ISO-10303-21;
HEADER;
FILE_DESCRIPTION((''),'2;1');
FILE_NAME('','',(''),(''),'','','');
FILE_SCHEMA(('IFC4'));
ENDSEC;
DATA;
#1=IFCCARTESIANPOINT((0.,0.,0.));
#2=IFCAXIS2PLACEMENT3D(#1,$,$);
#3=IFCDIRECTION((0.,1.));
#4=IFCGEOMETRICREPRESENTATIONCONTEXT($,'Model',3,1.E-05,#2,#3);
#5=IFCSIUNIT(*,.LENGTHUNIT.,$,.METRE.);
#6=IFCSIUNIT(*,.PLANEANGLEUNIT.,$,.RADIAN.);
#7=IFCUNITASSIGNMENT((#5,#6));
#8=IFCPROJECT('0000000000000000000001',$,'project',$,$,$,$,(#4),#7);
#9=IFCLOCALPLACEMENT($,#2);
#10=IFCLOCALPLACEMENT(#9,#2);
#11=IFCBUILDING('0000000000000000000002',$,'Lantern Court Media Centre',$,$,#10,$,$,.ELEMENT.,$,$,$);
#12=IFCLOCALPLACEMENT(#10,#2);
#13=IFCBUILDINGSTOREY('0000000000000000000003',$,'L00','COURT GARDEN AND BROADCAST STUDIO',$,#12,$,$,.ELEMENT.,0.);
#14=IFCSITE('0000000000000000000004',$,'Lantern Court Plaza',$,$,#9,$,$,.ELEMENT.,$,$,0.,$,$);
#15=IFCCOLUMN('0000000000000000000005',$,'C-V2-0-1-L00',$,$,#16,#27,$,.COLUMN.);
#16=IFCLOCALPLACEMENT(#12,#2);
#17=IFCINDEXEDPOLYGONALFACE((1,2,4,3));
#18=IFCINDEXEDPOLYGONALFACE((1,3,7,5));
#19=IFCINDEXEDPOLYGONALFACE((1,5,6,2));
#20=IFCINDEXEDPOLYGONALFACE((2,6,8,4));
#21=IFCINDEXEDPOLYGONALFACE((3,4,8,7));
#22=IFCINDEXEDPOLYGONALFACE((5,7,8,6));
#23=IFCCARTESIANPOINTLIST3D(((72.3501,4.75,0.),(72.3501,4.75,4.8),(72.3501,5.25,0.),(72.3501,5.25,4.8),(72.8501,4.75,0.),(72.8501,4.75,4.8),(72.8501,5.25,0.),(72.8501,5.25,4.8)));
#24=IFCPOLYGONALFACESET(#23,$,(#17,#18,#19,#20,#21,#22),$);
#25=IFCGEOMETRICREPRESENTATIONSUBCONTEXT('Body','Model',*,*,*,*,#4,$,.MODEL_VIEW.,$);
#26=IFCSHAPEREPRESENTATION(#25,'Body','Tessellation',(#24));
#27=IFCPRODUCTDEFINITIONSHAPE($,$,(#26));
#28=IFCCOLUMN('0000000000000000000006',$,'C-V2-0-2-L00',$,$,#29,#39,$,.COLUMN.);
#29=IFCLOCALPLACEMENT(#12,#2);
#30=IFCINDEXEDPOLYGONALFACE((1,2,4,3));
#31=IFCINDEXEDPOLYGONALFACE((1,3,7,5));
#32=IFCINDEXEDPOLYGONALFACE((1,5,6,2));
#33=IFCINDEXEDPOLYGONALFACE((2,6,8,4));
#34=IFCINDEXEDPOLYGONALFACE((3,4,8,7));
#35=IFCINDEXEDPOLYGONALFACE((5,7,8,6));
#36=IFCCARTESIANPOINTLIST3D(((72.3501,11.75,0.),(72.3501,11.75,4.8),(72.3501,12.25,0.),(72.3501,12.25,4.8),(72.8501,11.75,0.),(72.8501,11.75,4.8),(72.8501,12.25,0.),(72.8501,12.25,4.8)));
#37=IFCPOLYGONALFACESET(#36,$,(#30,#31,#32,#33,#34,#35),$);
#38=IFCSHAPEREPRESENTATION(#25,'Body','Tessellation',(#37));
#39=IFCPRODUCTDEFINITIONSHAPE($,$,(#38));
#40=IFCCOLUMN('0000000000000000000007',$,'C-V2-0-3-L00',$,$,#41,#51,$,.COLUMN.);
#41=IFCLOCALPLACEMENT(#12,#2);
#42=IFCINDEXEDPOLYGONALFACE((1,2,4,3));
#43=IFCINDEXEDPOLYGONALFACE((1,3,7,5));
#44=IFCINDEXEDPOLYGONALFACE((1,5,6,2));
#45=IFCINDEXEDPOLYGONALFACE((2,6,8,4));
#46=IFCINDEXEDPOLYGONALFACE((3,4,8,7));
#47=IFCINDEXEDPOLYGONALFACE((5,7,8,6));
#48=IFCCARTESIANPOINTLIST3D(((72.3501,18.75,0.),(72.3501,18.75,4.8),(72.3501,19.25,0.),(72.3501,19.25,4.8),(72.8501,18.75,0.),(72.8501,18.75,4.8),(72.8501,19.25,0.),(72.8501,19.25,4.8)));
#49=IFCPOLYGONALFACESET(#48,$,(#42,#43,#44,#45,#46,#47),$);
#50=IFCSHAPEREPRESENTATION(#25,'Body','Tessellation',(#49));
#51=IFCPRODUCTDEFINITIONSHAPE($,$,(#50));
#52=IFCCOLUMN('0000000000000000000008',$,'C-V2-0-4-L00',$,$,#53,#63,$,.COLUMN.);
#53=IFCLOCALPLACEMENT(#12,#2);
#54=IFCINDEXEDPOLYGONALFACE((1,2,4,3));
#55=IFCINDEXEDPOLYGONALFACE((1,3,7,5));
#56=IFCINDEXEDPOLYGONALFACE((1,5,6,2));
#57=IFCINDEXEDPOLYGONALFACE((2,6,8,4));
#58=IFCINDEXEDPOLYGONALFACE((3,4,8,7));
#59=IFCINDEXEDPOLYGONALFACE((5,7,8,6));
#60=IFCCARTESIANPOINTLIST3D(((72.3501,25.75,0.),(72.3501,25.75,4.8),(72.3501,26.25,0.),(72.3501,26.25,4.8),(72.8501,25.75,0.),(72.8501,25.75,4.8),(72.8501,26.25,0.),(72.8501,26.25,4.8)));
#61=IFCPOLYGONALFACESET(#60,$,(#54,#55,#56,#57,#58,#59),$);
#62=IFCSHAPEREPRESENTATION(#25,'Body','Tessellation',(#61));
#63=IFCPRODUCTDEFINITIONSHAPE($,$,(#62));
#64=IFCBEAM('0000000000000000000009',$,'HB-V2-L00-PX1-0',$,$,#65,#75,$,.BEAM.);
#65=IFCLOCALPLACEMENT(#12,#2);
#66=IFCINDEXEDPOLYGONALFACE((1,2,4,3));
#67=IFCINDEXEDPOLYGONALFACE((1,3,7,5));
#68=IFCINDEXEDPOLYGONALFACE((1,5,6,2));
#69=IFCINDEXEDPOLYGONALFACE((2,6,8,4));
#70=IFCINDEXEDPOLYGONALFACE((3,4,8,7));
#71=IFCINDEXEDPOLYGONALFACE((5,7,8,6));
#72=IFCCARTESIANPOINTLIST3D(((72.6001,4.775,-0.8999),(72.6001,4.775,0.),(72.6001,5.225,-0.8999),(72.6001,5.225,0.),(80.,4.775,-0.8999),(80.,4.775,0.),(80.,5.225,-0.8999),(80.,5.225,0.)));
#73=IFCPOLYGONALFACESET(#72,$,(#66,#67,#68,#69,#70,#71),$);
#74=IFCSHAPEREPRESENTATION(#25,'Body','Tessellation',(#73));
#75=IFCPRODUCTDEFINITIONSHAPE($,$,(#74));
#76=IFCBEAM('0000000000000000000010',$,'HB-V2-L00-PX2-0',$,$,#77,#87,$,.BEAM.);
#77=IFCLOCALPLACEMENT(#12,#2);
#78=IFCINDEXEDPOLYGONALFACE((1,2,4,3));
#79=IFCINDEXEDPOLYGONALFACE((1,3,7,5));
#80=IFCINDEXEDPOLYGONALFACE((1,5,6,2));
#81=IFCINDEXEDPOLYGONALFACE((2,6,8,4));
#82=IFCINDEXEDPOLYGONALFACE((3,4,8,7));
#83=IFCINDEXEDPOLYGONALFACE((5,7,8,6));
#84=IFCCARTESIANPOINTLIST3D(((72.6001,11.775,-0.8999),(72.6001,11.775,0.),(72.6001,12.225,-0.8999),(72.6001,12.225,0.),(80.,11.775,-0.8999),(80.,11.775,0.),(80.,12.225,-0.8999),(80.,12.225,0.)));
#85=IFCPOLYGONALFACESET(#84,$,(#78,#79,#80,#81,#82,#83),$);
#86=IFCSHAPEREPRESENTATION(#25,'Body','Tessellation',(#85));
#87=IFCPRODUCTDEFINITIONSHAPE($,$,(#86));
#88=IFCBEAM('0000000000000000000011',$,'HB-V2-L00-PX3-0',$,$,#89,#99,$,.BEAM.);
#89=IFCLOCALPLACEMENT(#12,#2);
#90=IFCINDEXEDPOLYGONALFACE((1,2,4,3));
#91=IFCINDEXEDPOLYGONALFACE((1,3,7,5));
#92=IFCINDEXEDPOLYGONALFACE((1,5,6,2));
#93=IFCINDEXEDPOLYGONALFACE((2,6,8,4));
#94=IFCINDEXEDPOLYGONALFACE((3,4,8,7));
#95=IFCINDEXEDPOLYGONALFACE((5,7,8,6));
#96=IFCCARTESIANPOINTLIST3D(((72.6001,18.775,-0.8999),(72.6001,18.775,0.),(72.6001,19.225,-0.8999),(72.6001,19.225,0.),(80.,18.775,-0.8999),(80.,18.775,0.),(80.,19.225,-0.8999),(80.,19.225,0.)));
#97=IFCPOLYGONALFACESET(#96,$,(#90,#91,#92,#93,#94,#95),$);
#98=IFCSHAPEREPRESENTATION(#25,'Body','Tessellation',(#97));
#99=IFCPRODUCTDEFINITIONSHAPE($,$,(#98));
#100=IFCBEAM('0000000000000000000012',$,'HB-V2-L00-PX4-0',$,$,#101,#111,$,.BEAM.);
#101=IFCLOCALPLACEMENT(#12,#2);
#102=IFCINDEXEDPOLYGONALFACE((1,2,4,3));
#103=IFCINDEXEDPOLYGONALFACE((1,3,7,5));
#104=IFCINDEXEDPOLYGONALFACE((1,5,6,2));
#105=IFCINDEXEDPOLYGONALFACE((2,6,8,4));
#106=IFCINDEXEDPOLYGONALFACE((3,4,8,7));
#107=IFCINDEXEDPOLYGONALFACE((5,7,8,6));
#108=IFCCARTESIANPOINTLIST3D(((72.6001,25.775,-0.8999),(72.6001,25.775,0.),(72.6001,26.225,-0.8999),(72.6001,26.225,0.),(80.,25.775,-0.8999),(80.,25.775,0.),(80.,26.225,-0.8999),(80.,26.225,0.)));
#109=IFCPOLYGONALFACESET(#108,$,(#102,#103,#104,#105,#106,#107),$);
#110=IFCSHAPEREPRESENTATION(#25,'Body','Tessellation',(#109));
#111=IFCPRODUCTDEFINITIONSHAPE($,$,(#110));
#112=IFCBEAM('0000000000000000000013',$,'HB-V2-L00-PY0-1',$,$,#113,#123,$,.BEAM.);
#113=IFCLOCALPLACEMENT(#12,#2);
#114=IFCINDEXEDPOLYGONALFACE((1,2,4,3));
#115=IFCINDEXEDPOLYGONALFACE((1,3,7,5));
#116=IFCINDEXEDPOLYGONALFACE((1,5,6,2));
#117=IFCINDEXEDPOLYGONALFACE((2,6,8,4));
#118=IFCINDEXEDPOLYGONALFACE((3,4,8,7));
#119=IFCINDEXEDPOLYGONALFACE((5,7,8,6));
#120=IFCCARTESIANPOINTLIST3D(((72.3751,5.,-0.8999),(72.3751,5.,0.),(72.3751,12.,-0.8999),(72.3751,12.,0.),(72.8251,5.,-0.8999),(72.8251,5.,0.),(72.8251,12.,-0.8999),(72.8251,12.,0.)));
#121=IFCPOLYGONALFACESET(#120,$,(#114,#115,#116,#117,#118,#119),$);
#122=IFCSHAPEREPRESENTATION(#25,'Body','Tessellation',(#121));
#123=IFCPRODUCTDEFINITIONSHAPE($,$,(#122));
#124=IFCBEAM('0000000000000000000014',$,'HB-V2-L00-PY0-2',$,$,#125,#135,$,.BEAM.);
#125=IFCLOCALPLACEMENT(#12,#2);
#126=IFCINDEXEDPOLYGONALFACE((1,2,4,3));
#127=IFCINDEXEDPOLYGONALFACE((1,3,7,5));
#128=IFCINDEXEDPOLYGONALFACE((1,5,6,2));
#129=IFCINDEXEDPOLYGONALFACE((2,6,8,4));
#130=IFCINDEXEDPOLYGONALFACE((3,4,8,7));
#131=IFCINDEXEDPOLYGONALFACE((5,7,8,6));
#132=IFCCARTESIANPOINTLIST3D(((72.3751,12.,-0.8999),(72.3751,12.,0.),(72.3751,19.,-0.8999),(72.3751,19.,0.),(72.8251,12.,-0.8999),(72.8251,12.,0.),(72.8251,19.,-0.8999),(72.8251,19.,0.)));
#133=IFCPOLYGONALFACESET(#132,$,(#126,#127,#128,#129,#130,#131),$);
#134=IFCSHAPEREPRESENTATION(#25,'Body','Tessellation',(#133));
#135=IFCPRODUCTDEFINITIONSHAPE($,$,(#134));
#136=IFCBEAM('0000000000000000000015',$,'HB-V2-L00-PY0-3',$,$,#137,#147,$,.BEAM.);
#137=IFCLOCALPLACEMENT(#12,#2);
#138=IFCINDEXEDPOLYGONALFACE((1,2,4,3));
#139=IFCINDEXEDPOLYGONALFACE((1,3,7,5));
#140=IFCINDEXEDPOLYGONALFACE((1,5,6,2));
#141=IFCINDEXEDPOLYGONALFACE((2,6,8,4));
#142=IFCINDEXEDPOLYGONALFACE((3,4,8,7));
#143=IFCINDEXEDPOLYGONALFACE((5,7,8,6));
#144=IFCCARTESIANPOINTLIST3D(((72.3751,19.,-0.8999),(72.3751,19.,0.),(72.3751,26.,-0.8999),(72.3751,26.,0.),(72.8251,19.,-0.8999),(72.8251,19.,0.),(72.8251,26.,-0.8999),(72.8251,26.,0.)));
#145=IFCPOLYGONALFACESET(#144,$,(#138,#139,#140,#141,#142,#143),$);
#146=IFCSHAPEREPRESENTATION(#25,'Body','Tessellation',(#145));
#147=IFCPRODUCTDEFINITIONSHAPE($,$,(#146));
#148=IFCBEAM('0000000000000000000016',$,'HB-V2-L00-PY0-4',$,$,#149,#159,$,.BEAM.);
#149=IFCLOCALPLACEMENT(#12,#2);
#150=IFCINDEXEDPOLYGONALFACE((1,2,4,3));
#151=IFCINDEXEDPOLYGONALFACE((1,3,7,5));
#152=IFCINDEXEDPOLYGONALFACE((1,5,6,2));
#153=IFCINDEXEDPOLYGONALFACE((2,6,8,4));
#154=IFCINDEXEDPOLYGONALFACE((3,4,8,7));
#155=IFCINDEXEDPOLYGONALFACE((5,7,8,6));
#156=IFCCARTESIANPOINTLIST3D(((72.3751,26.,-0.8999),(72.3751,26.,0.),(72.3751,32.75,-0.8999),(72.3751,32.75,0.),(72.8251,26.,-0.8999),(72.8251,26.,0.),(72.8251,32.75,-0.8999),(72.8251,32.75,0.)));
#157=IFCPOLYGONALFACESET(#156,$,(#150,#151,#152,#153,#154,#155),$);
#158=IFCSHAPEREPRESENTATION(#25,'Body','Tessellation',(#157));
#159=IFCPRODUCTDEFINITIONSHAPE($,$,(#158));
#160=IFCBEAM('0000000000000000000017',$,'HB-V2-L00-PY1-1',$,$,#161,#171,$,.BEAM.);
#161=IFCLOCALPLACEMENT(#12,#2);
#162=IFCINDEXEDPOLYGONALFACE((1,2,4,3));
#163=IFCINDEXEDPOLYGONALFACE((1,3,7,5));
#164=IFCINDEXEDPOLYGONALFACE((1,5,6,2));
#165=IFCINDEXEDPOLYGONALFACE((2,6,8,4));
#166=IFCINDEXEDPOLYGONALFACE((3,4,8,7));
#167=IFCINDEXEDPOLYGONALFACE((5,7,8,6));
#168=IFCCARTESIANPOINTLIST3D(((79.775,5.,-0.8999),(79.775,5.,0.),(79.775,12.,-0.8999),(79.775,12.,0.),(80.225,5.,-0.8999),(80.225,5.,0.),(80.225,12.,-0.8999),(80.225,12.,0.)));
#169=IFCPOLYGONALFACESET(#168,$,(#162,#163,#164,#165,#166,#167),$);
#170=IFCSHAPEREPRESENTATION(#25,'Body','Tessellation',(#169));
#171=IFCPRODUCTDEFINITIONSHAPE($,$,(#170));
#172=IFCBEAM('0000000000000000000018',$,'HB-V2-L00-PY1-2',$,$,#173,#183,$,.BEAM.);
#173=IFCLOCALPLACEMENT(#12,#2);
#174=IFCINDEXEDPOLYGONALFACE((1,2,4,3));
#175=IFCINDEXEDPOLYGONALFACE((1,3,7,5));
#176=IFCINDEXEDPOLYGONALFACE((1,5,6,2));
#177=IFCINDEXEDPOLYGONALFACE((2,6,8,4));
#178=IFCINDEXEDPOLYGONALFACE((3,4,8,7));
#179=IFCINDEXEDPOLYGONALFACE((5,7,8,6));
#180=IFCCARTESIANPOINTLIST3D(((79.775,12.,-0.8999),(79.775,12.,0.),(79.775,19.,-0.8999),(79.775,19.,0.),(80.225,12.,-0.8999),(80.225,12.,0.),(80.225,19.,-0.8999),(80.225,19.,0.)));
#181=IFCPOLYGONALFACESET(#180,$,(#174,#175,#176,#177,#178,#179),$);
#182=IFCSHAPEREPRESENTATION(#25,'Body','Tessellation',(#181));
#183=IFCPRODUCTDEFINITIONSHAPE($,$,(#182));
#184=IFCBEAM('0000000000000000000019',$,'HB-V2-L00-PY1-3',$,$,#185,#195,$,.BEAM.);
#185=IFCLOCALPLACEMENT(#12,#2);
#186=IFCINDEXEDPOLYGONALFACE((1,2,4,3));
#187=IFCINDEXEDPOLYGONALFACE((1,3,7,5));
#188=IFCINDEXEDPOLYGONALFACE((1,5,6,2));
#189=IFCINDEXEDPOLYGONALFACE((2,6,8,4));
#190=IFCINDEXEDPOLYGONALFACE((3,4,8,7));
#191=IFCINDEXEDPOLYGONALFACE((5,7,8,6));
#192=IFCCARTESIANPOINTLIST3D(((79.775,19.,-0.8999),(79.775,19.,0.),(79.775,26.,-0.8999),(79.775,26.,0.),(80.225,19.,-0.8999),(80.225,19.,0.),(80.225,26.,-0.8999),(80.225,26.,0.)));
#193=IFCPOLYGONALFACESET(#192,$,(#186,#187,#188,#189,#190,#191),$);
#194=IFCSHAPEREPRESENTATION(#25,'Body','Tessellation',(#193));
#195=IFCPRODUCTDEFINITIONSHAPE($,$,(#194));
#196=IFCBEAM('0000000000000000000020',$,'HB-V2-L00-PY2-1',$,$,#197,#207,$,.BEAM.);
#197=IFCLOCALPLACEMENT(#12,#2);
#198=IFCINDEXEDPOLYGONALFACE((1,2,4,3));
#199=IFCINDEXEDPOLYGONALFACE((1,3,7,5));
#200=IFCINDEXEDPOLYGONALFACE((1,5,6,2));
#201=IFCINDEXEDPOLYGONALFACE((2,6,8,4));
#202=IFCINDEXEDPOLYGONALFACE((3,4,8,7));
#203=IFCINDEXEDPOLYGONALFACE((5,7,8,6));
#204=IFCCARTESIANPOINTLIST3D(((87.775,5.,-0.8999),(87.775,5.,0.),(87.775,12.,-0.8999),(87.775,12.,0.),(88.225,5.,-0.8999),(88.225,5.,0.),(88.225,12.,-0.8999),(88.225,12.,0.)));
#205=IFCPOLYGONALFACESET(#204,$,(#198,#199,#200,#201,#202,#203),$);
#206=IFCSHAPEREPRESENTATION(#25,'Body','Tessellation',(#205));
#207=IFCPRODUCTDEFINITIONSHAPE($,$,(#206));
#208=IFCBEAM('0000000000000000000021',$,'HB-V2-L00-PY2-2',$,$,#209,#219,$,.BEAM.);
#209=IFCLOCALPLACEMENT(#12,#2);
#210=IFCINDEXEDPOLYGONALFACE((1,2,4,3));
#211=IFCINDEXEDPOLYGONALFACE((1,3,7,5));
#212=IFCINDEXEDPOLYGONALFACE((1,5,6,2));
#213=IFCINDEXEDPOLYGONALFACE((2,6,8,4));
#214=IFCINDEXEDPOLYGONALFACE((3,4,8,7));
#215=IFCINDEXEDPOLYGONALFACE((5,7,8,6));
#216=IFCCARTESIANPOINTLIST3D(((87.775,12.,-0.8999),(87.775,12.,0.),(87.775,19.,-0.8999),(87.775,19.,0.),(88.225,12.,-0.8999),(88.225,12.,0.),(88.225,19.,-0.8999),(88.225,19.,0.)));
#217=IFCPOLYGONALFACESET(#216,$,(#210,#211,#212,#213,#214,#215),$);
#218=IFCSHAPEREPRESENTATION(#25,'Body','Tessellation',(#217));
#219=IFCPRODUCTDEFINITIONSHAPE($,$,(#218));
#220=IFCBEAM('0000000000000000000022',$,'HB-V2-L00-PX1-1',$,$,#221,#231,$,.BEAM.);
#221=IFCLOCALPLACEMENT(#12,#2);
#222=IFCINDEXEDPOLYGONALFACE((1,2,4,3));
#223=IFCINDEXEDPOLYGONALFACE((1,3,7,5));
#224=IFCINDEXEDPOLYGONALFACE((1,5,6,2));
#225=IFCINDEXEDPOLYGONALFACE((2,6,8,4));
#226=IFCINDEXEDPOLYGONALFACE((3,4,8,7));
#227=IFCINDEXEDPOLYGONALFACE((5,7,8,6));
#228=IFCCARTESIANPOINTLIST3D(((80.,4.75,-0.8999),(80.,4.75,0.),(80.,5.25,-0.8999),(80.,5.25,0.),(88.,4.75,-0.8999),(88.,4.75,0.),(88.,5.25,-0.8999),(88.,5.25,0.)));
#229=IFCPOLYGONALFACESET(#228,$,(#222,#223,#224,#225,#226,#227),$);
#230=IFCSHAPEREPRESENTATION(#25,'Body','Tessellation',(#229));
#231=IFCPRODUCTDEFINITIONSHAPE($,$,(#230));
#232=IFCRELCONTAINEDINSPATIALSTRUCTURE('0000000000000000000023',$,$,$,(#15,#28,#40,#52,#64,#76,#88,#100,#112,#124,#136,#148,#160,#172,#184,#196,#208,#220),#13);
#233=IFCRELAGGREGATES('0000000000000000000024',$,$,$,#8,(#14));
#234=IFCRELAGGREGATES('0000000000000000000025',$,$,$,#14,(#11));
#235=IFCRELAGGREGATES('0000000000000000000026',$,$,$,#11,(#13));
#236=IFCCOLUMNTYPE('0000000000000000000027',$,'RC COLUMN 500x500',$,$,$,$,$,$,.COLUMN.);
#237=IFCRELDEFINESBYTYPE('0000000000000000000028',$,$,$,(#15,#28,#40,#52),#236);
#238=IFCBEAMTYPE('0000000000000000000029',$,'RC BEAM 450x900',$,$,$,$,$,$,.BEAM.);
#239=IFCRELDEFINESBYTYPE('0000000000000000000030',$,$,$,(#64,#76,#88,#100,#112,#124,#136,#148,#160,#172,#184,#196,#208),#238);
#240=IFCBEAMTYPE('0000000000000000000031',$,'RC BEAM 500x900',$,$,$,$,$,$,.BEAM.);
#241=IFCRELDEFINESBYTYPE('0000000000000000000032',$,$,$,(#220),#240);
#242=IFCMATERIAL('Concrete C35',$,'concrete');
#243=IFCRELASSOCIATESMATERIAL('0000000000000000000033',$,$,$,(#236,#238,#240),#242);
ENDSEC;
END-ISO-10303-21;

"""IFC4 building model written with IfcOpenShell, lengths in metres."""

from ifc_helpers import new_model, si_unit, direction, frame, origin, origin_2d, place, context, subcontext, project, spatial, rectangle, extrude, material, material_profile, profile_set, type_object, element, save


model = new_model("IFC4")

# Units and contexts
model_context = context("Model", 3, precision=1e-05, world=origin(), true_north=direction((0.0, 1.0)))
body_context = subcontext(model_context, "Body", "Model", "MODEL_VIEW")
ifc_project = project(units=[si_unit("LENGTHUNIT", "METRE"), si_unit("PLANEANGLEUNIT", "RADIAN")], contexts=[model_context])

# Site, building, storey
site_placement = place(None, origin())
site = spatial("IfcSite", under=ifc_project, at=site_placement, Name="Lantern Court Plaza", CompositionType="ELEMENT", RefElevation=0.0)
building_placement = place(site_placement, origin())
building = spatial("IfcBuilding", under=site, at=building_placement, Name="Lantern Court Media Centre", CompositionType="ELEMENT")
storey_placement = place(building_placement, origin())
storey = spatial("IfcBuildingStorey", under=building, at=storey_placement, Name="L00", Description="COURT GARDEN AND BROADCAST STUDIO", CompositionType="ELEMENT", Elevation=0.0)

# Columns
ifc_material_1 = material(Name="Concrete C35", Category="concrete")
ifc_material_profile_1 = material_profile(ifc_material_1, rectangle(XDim=0.5, YDim=0.5, at=origin_2d()), Name="RC 500x500")
ifc_profile_set_1 = profile_set([ifc_material_profile_1], Name="Concrete C35")
column_type = type_object("IfcColumnType", Name="RC COLUMN 500x500", PredefinedType="COLUMN", material=ifc_profile_set_1)
for number, where, z_axis, x_axis, name in (
    (1, (72.6001, 5.0, 0.0), (0.0, 0.0, 1.0), (1.0, 0.0, 0.0), "C-V2-0-1-L00"),
    (2, (72.6001, 12.0, 0.0), (0.0, 0.0, 1.0), (1.0, 0.0, 0.0), "C-V2-0-2-L00"),
    (3, (72.6001, 19.0, 0.0), (0.0, 0.0, 1.0), (1.0, 0.0, 0.0), "C-V2-0-3-L00"),
    (4, (72.6001, 26.0, 0.0), (0.0, 0.0, 1.0), (1.0, 0.0, 0.0), "C-V2-0-4-L00"),
):
    element("IfcColumn", number, at=place(storey_placement, frame(where, z_axis=z_axis, x_axis=x_axis)), inside=storey, type_object=column_type, Name=name, PredefinedType="COLUMN", context=body_context, shape_type="SweptSolid", body=[
        extrude(rectangle(XDim=0.5, YDim=0.5, at=origin_2d()), origin(), (0.0, 0.0, 1.0), 4.8),
    ])

# Beams
ifc_material_profile_2 = material_profile(ifc_material_1, rectangle(XDim=0.45, YDim=0.8999, at=origin_2d()), Name="RC 450x900")
ifc_profile_set_2 = profile_set([ifc_material_profile_2], Name="Concrete C35")
beam_type_1 = type_object("IfcBeamType", Name="RC BEAM 450x900", PredefinedType="BEAM", material=ifc_profile_set_2)
for number, where, z_axis, x_axis, name in (
    (5, (72.6001, 5.0, -0.45), (1.0, 0.0, 0.0), (0.0, 1.0, 0.0), "HB-V2-L00-PX1-0"),
    (6, (72.6001, 12.0, -0.45), (1.0, 0.0, 0.0), (0.0, 1.0, 0.0), "HB-V2-L00-PX2-0"),
    (7, (72.6001, 19.0, -0.45), (1.0, 0.0, 0.0), (0.0, 1.0, 0.0), "HB-V2-L00-PX3-0"),
    (8, (72.6001, 26.0, -0.45), (1.0, 0.0, 0.0), (0.0, 1.0, 0.0), "HB-V2-L00-PX4-0"),
):
    element("IfcBeam", number, at=place(storey_placement, frame(where, z_axis=z_axis, x_axis=x_axis)), inside=storey, type_object=beam_type_1, Name=name, PredefinedType="BEAM", context=body_context, shape_type="SweptSolid", body=[
        extrude(rectangle(XDim=0.45, YDim=0.8999, at=origin_2d()), origin(), (0.0, 0.0, 1.0), 7.3999),
    ])
for number, where, z_axis, x_axis, name in (
    (9, (72.6001, 5.0, -0.45), (0.0, 1.0, 0.0), (-1.0, 0.0, 0.0), "HB-V2-L00-PY0-1"),
    (10, (72.6001, 12.0, -0.45), (0.0, 1.0, 0.0), (-1.0, 0.0, 0.0), "HB-V2-L00-PY0-2"),
    (11, (72.6001, 19.0, -0.45), (0.0, 1.0, 0.0), (-1.0, 0.0, 0.0), "HB-V2-L00-PY0-3"),
):
    element("IfcBeam", number, at=place(storey_placement, frame(where, z_axis=z_axis, x_axis=x_axis)), inside=storey, type_object=beam_type_1, Name=name, PredefinedType="BEAM", context=body_context, shape_type="SweptSolid", body=[
        extrude(rectangle(XDim=0.45, YDim=0.8999, at=origin_2d()), origin(), (0.0, 0.0, 1.0), 7.0),
    ])
beam_placement = place(storey_placement, frame((72.6001, 26.0, -0.45), z_axis=(0.0, 1.0, 0.0), x_axis=(-1.0, 0.0, 0.0)))
element("IfcBeam", 12, at=beam_placement, inside=storey, type_object=beam_type_1, Name="HB-V2-L00-PY0-4", PredefinedType="BEAM", context=body_context, shape_type="SweptSolid", body=[
    extrude(rectangle(XDim=0.45, YDim=0.8999, at=origin_2d()), origin(), (0.0, 0.0, 1.0), 6.75),
])
for number, where, z_axis, x_axis, name in (
    (13, (80.0, 5.0, -0.45), (0.0, 1.0, 0.0), (-1.0, 0.0, 0.0), "HB-V2-L00-PY1-1"),
    (14, (80.0, 12.0, -0.45), (0.0, 1.0, 0.0), (-1.0, 0.0, 0.0), "HB-V2-L00-PY1-2"),
    (15, (80.0, 19.0, -0.45), (0.0, 1.0, 0.0), (-1.0, 0.0, 0.0), "HB-V2-L00-PY1-3"),
    (16, (88.0, 5.0, -0.45), (0.0, 1.0, 0.0), (-1.0, 0.0, 0.0), "HB-V2-L00-PY2-1"),
    (17, (88.0, 12.0, -0.45), (0.0, 1.0, 0.0), (-1.0, 0.0, 0.0), "HB-V2-L00-PY2-2"),
):
    element("IfcBeam", number, at=place(storey_placement, frame(where, z_axis=z_axis, x_axis=x_axis)), inside=storey, type_object=beam_type_1, Name=name, PredefinedType="BEAM", context=body_context, shape_type="SweptSolid", body=[
        extrude(rectangle(XDim=0.45, YDim=0.8999, at=origin_2d()), origin(), (0.0, 0.0, 1.0), 7.0),
    ])
ifc_material_profile_3 = material_profile(ifc_material_1, rectangle(XDim=0.5, YDim=0.8999, at=origin_2d()), Name="RC 500x900")
ifc_profile_set_3 = profile_set([ifc_material_profile_3], Name="Concrete C35")
beam_type_2 = type_object("IfcBeamType", Name="RC BEAM 500x900", PredefinedType="BEAM", material=ifc_profile_set_3)
for number, where, z_axis, x_axis, name in (
    (18, (80.0, 5.0, -0.45), (1.0, 0.0, 0.0), (0.0, 1.0, 0.0), "HB-V2-L00-PX1-1"),
):
    element("IfcBeam", number, at=place(storey_placement, frame(where, z_axis=z_axis, x_axis=x_axis)), inside=storey, type_object=beam_type_2, Name=name, PredefinedType="BEAM", context=body_context, shape_type="SweptSolid", body=[
        extrude(rectangle(XDim=0.5, YDim=0.8999, at=origin_2d()), origin(), (0.0, 0.0, 1.0), 8.0),
    ])

save(model, "model.ifc")
